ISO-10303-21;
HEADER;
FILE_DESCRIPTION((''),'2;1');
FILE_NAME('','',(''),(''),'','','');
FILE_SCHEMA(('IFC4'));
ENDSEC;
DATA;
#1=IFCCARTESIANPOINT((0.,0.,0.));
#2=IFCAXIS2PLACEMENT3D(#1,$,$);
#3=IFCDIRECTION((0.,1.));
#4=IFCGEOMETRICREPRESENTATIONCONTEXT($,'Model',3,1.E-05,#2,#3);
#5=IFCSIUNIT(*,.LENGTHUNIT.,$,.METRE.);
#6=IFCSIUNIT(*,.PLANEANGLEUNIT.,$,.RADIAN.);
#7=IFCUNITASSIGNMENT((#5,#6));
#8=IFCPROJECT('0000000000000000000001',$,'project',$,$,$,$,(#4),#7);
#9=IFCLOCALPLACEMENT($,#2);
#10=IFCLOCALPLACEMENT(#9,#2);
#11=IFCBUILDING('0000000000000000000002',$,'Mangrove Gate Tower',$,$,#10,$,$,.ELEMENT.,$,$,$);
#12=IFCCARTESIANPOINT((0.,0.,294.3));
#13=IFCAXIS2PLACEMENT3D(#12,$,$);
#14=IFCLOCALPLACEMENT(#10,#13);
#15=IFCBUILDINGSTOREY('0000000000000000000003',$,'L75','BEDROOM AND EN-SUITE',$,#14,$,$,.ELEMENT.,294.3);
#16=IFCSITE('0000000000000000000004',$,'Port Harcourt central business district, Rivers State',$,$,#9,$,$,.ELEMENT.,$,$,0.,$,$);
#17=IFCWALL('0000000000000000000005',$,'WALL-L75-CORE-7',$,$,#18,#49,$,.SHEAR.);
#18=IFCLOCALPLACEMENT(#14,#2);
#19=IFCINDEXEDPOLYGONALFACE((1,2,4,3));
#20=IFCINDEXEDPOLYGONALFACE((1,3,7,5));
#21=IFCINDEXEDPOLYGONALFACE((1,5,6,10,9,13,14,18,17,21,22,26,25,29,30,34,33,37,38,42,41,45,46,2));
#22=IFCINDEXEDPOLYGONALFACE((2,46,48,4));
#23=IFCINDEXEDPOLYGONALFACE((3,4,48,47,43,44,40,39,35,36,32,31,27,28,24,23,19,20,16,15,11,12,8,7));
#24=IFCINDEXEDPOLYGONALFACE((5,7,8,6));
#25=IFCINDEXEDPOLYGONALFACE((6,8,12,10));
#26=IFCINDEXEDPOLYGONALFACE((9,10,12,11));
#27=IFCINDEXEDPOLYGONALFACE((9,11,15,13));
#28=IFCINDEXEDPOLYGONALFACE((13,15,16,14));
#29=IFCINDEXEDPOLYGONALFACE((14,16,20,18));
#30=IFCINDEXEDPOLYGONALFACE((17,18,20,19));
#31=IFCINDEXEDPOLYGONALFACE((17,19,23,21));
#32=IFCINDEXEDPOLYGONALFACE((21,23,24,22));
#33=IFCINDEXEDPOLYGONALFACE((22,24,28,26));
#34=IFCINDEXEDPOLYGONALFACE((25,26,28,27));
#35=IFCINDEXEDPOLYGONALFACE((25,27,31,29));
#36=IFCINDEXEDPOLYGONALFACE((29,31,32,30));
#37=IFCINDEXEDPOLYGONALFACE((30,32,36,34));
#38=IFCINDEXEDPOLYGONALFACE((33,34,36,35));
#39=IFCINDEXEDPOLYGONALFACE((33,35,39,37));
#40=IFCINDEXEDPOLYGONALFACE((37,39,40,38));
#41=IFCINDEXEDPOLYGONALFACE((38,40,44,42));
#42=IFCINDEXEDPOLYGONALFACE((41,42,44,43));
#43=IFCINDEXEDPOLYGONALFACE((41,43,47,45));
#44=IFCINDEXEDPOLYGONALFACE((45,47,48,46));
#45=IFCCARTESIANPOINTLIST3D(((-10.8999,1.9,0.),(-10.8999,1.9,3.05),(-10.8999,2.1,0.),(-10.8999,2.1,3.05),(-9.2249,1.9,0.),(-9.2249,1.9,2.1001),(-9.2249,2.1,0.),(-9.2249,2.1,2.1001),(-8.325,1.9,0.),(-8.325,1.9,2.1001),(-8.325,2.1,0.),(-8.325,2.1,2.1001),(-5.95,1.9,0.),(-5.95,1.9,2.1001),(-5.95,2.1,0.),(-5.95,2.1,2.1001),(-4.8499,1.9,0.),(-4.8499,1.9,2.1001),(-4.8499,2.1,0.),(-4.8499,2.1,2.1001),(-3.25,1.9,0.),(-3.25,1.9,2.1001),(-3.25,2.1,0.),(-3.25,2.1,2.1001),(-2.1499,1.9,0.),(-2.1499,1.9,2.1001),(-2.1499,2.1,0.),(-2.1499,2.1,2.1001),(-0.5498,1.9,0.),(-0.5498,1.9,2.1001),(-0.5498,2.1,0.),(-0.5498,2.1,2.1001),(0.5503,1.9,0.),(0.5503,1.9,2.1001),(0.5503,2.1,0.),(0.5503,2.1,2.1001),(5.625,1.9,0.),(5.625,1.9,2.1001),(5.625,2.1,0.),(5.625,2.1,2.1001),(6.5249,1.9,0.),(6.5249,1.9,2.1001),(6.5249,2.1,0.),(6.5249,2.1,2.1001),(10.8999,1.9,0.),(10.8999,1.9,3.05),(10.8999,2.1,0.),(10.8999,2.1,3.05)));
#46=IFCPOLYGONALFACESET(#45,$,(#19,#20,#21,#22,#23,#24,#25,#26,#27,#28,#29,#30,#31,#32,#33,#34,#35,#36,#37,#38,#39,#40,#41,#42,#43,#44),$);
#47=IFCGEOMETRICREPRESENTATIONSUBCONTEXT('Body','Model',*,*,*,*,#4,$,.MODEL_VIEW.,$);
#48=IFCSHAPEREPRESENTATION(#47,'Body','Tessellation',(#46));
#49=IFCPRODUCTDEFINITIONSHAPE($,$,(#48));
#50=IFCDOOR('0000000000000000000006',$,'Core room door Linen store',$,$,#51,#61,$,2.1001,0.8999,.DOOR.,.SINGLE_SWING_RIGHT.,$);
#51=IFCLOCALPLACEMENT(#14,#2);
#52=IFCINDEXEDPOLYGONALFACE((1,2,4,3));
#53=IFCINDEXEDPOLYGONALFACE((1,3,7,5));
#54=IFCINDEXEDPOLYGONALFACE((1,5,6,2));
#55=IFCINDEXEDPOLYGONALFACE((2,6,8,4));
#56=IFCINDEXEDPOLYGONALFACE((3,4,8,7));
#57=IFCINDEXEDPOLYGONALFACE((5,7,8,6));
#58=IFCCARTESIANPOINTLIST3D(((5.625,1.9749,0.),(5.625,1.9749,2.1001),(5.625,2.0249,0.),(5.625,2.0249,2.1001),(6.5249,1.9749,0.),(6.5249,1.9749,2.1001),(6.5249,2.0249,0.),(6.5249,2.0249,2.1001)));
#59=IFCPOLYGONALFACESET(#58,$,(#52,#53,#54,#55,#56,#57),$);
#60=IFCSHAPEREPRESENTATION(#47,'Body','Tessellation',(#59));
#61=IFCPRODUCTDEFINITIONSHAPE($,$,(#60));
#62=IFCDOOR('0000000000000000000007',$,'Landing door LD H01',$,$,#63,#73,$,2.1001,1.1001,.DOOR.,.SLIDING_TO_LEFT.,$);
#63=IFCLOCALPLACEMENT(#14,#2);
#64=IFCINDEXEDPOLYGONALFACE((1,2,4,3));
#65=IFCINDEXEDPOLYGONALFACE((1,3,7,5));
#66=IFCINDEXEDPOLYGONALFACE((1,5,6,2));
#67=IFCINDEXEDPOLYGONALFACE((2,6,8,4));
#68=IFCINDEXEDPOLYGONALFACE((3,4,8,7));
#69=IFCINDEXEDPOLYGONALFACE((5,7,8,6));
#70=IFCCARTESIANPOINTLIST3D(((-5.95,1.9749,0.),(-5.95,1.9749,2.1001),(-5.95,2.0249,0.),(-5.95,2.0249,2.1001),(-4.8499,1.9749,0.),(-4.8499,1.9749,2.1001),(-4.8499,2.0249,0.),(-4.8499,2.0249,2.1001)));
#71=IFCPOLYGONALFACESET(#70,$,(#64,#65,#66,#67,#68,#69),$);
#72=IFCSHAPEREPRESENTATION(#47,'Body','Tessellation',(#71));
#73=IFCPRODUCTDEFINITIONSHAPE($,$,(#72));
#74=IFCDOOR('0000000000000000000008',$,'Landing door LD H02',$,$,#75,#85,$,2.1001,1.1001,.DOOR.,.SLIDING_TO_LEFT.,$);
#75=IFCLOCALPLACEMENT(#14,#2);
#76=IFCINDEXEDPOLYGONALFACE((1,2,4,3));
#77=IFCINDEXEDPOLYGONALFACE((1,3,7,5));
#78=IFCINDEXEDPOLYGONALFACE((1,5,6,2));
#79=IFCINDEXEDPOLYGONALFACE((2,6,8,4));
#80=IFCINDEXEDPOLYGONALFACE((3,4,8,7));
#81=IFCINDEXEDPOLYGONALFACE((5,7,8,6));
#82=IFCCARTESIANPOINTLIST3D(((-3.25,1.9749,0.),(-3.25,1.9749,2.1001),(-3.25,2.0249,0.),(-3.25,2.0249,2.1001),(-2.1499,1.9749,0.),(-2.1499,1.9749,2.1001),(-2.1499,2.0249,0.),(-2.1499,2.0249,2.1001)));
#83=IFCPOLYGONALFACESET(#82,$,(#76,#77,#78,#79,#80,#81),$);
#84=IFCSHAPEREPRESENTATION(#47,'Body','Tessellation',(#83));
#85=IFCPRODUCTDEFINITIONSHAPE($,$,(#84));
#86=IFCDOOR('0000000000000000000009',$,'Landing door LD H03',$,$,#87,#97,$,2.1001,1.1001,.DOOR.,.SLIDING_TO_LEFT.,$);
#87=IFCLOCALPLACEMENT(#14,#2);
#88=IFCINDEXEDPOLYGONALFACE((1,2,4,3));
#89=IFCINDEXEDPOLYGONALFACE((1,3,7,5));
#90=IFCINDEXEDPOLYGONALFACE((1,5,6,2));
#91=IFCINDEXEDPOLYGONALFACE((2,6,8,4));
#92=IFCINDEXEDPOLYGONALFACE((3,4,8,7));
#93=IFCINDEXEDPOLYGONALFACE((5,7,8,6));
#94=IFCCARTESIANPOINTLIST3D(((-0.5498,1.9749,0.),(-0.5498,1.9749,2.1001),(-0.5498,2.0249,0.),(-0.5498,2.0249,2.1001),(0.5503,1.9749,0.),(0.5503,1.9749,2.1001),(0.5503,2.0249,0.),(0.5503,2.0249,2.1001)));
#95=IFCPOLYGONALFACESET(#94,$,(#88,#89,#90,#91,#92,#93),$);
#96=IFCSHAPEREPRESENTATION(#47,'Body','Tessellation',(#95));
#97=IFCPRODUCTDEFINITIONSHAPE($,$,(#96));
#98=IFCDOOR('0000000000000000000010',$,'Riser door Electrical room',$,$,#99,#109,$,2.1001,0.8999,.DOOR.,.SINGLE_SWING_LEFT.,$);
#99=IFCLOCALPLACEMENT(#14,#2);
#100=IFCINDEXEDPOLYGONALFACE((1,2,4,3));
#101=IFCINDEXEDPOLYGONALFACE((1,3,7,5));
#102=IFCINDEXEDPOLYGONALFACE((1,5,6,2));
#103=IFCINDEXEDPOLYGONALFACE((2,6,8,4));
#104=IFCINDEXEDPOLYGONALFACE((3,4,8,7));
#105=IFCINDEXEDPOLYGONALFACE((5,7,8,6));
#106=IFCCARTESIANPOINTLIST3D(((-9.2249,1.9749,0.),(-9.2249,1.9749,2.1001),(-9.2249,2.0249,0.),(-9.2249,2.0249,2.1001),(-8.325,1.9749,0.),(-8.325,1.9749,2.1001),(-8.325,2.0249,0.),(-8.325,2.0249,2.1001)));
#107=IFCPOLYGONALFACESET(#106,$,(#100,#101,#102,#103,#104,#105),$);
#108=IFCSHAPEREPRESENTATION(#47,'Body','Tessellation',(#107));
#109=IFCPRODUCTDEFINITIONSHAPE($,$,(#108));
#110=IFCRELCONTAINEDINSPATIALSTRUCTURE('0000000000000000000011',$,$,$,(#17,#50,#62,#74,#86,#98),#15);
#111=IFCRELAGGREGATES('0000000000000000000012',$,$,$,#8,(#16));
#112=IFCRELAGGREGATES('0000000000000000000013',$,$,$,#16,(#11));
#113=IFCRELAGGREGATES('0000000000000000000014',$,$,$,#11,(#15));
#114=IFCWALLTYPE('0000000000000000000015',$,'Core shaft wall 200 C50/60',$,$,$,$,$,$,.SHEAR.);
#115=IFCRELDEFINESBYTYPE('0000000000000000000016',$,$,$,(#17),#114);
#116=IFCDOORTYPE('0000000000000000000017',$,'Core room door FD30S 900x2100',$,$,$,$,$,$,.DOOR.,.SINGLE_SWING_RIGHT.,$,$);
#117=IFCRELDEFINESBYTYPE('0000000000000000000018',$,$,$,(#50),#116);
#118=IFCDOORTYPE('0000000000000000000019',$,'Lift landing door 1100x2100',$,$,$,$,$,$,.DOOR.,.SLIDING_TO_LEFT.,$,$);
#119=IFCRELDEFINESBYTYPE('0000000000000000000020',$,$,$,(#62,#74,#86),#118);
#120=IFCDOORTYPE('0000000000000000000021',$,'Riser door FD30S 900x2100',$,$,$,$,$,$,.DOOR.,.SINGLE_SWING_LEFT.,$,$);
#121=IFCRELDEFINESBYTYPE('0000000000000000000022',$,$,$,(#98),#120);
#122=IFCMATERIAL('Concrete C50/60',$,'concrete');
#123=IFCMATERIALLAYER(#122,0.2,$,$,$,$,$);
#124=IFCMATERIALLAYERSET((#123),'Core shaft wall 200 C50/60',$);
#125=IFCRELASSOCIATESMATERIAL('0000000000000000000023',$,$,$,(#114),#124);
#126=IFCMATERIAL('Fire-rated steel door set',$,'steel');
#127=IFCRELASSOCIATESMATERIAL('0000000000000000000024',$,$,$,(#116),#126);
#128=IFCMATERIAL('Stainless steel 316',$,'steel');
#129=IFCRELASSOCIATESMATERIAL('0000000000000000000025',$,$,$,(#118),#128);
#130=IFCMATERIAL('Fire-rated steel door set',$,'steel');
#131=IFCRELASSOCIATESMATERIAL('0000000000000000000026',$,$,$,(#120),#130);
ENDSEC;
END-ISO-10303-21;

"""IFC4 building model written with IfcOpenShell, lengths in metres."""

from ifc_helpers import new_model, si_unit, direction, frame, frame_2d, origin, place, context, subcontext, project, spatial, rectangle, extrude, material, layer, layer_set, type_object, element, fill, save


model = new_model("IFC4")

# Units and contexts
model_context = context("Model", 3, precision=1e-05, world=origin(), true_north=direction((0.0, 1.0)))
body_context = subcontext(model_context, "Body", "Model", "MODEL_VIEW")
ifc_project = project(units=[si_unit("LENGTHUNIT", "METRE"), si_unit("PLANEANGLEUNIT", "RADIAN")], contexts=[model_context])

# Site, building, storey
site_placement = place(None, origin())
site = spatial("IfcSite", under=ifc_project, at=site_placement, Name="Port Harcourt central business district, Rivers State", CompositionType="ELEMENT", RefElevation=0.0)
building_placement = place(site_placement, origin())
building = spatial("IfcBuilding", under=site, at=building_placement, Name="Mangrove Gate Tower", CompositionType="ELEMENT")
storey_placement = place(building_placement, frame((0.0, 0.0, 294.3)))
storey = spatial("IfcBuildingStorey", under=building, at=storey_placement, Name="L75", Description="BEDROOM AND EN-SUITE", CompositionType="ELEMENT", Elevation=294.3)

# Wall, openings, doors
ifc_material_1 = material(Name="Concrete C50/60", Category="concrete")
ifc_layer_1 = layer(ifc_material_1, 0.2)
ifc_layer_set_1 = layer_set([ifc_layer_1], Name="Core shaft wall 200 C50/60")
wall_type_1 = type_object("IfcWallType", Name="Core shaft wall 200 C50/60", PredefinedType="SHEAR", material=ifc_layer_set_1)
wall_1_placement = place(storey_placement, frame((-10.8999, 2.0, 0.0), z_axis=(0.0, 0.0, 1.0), x_axis=(1.0, 0.0, 0.0)))
wall_1 = element("IfcWall", 1, at=wall_1_placement, inside=storey, type_object=wall_type_1, Name="WALL-L75-CORE-7", PredefinedType="SHEAR", context=body_context, shape_type="SweptSolid", body=[
    extrude(rectangle(XDim=21.7998, YDim=0.2, at=frame_2d((10.8999, 0.0))), origin(), (0.0, 0.0, 1.0), 3.05),
])
opening_1_placement = place(wall_1_placement, frame((4.95, 0.0, 0.0)))
opening_1 = element("IfcOpeningElement", 2, at=opening_1_placement, cuts=wall_1, PredefinedType="OPENING", context=body_context, shape_type="SweptSolid", body=[
    extrude(rectangle(XDim=1.1001, YDim=2.1001, at=frame_2d((0.55, 1.05))), frame((0.0, 0.1099, 0.0), z_axis=(0.0, -1.0, 0.0), x_axis=(1.0, 0.0, 0.0)), (0.0, 0.0, 1.0), 0.22),
])
opening_2_placement = place(wall_1_placement, frame((7.6499, 0.0, 0.0)))
opening_2 = element("IfcOpeningElement", 3, at=opening_2_placement, cuts=wall_1, PredefinedType="OPENING", context=body_context, shape_type="SweptSolid", body=[
    extrude(rectangle(XDim=1.1001, YDim=2.1001, at=frame_2d((0.55, 1.05))), frame((0.0, 0.1099, 0.0), z_axis=(0.0, -1.0, 0.0), x_axis=(1.0, 0.0, 0.0)), (0.0, 0.0, 1.0), 0.22),
])
opening_3_placement = place(wall_1_placement, frame((10.3501, 0.0, 0.0)))
opening_3 = element("IfcOpeningElement", 4, at=opening_3_placement, cuts=wall_1, PredefinedType="OPENING", context=body_context, shape_type="SweptSolid", body=[
    extrude(rectangle(XDim=1.1001, YDim=2.1001, at=frame_2d((0.55, 1.05))), frame((0.0, 0.1099, 0.0), z_axis=(0.0, -1.0, 0.0), x_axis=(1.0, 0.0, 0.0)), (0.0, 0.0, 1.0), 0.22),
])
opening_4_placement = place(wall_1_placement, frame((1.675, 0.0, 0.0)))
opening_4 = element("IfcOpeningElement", 5, at=opening_4_placement, cuts=wall_1, PredefinedType="OPENING", context=body_context, shape_type="SweptSolid", body=[
    extrude(rectangle(XDim=0.8999, YDim=2.1001, at=frame_2d((0.45, 1.05))), frame((0.0, 0.1099, 0.0), z_axis=(0.0, -1.0, 0.0), x_axis=(1.0, 0.0, 0.0)), (0.0, 0.0, 1.0), 0.22),
])
opening_5_placement = place(wall_1_placement, frame((16.5249, 0.0, 0.0)))
opening_5 = element("IfcOpeningElement", 6, at=opening_5_placement, cuts=wall_1, PredefinedType="OPENING", context=body_context, shape_type="SweptSolid", body=[
    extrude(rectangle(XDim=0.8999, YDim=2.1001, at=frame_2d((0.45, 1.05))), frame((0.0, 0.1099, 0.0), z_axis=(0.0, -1.0, 0.0), x_axis=(1.0, 0.0, 0.0)), (0.0, 0.0, 1.0), 0.22),
])
ifc_material_2 = material(Name="Fire-rated steel door set", Category="steel")
door_type_1 = type_object("IfcDoorType", Name="Core room door FD30S 900x2100", OperationType="SINGLE_SWING_RIGHT", PredefinedType="DOOR", material=ifc_material_2)
door_1_placement = place(opening_5_placement, origin())
door_1 = element("IfcDoor", 7, at=door_1_placement, inside=storey, type_object=door_type_1, Name="Core room door Linen store", OperationType="SINGLE_SWING_RIGHT", OverallHeight=2.1001, OverallWidth=0.8999, PredefinedType="DOOR", context=body_context, shape_type="SweptSolid", body=[
    extrude(rectangle(XDim=0.8999, YDim=2.1001, at=frame_2d((0.45, 1.05))), frame((0.0, 0.0249, 0.0), z_axis=(0.0, -1.0, 0.0), x_axis=(1.0, 0.0, 0.0)), (0.0, 0.0, 1.0), 0.05),
])
fill(opening_5, door_1)
ifc_material_3 = material(Name="Stainless steel 316", Category="steel")
door_type_2 = type_object("IfcDoorType", Name="Lift landing door 1100x2100", OperationType="SLIDING_TO_LEFT", PredefinedType="DOOR", material=ifc_material_3)
door_2_placement = place(opening_1_placement, origin())
door_2 = element("IfcDoor", 8, at=door_2_placement, inside=storey, type_object=door_type_2, Name="Landing door LD H01", OperationType="SLIDING_TO_LEFT", OverallHeight=2.1001, OverallWidth=1.1001, PredefinedType="DOOR", context=body_context, shape_type="SweptSolid", body=[
    extrude(rectangle(XDim=1.1001, YDim=2.1001, at=frame_2d((0.55, 1.05))), frame((0.0, 0.0249, 0.0), z_axis=(0.0, -1.0, 0.0), x_axis=(1.0, 0.0, 0.0)), (0.0, 0.0, 1.0), 0.05),
])
fill(opening_1, door_2)
door_3_placement = place(opening_2_placement, origin())
door_3 = element("IfcDoor", 9, at=door_3_placement, inside=storey, type_object=door_type_2, Name="Landing door LD H02", OperationType="SLIDING_TO_LEFT", OverallHeight=2.1001, OverallWidth=1.1001, PredefinedType="DOOR", context=body_context, shape_type="SweptSolid", body=[
    extrude(rectangle(XDim=1.1001, YDim=2.1001, at=frame_2d((0.55, 1.05))), frame((0.0, 0.0249, 0.0), z_axis=(0.0, -1.0, 0.0), x_axis=(1.0, 0.0, 0.0)), (0.0, 0.0, 1.0), 0.05),
])
fill(opening_2, door_3)
door_4_placement = place(opening_3_placement, origin())
door_4 = element("IfcDoor", 10, at=door_4_placement, inside=storey, type_object=door_type_2, Name="Landing door LD H03", OperationType="SLIDING_TO_LEFT", OverallHeight=2.1001, OverallWidth=1.1001, PredefinedType="DOOR", context=body_context, shape_type="SweptSolid", body=[
    extrude(rectangle(XDim=1.1001, YDim=2.1001, at=frame_2d((0.55, 1.05))), frame((0.0, 0.0249, 0.0), z_axis=(0.0, -1.0, 0.0), x_axis=(1.0, 0.0, 0.0)), (0.0, 0.0, 1.0), 0.05),
])
fill(opening_3, door_4)
ifc_material_4 = material(Name="Fire-rated steel door set", Category="steel")
door_type_3 = type_object("IfcDoorType", Name="Riser door FD30S 900x2100", OperationType="SINGLE_SWING_LEFT", PredefinedType="DOOR", material=ifc_material_4)
door_5_placement = place(opening_4_placement, origin())
door_5 = element("IfcDoor", 11, at=door_5_placement, inside=storey, type_object=door_type_3, Name="Riser door Electrical room", OperationType="SINGLE_SWING_LEFT", OverallHeight=2.1001, OverallWidth=0.8999, PredefinedType="DOOR", context=body_context, shape_type="SweptSolid", body=[
    extrude(rectangle(XDim=0.8999, YDim=2.1001, at=frame_2d((0.45, 1.05))), frame((0.0, 0.0249, 0.0), z_axis=(0.0, -1.0, 0.0), x_axis=(1.0, 0.0, 0.0)), (0.0, 0.0, 1.0), 0.05),
])
fill(opening_4, door_5)

save(model, "model.ifc")
